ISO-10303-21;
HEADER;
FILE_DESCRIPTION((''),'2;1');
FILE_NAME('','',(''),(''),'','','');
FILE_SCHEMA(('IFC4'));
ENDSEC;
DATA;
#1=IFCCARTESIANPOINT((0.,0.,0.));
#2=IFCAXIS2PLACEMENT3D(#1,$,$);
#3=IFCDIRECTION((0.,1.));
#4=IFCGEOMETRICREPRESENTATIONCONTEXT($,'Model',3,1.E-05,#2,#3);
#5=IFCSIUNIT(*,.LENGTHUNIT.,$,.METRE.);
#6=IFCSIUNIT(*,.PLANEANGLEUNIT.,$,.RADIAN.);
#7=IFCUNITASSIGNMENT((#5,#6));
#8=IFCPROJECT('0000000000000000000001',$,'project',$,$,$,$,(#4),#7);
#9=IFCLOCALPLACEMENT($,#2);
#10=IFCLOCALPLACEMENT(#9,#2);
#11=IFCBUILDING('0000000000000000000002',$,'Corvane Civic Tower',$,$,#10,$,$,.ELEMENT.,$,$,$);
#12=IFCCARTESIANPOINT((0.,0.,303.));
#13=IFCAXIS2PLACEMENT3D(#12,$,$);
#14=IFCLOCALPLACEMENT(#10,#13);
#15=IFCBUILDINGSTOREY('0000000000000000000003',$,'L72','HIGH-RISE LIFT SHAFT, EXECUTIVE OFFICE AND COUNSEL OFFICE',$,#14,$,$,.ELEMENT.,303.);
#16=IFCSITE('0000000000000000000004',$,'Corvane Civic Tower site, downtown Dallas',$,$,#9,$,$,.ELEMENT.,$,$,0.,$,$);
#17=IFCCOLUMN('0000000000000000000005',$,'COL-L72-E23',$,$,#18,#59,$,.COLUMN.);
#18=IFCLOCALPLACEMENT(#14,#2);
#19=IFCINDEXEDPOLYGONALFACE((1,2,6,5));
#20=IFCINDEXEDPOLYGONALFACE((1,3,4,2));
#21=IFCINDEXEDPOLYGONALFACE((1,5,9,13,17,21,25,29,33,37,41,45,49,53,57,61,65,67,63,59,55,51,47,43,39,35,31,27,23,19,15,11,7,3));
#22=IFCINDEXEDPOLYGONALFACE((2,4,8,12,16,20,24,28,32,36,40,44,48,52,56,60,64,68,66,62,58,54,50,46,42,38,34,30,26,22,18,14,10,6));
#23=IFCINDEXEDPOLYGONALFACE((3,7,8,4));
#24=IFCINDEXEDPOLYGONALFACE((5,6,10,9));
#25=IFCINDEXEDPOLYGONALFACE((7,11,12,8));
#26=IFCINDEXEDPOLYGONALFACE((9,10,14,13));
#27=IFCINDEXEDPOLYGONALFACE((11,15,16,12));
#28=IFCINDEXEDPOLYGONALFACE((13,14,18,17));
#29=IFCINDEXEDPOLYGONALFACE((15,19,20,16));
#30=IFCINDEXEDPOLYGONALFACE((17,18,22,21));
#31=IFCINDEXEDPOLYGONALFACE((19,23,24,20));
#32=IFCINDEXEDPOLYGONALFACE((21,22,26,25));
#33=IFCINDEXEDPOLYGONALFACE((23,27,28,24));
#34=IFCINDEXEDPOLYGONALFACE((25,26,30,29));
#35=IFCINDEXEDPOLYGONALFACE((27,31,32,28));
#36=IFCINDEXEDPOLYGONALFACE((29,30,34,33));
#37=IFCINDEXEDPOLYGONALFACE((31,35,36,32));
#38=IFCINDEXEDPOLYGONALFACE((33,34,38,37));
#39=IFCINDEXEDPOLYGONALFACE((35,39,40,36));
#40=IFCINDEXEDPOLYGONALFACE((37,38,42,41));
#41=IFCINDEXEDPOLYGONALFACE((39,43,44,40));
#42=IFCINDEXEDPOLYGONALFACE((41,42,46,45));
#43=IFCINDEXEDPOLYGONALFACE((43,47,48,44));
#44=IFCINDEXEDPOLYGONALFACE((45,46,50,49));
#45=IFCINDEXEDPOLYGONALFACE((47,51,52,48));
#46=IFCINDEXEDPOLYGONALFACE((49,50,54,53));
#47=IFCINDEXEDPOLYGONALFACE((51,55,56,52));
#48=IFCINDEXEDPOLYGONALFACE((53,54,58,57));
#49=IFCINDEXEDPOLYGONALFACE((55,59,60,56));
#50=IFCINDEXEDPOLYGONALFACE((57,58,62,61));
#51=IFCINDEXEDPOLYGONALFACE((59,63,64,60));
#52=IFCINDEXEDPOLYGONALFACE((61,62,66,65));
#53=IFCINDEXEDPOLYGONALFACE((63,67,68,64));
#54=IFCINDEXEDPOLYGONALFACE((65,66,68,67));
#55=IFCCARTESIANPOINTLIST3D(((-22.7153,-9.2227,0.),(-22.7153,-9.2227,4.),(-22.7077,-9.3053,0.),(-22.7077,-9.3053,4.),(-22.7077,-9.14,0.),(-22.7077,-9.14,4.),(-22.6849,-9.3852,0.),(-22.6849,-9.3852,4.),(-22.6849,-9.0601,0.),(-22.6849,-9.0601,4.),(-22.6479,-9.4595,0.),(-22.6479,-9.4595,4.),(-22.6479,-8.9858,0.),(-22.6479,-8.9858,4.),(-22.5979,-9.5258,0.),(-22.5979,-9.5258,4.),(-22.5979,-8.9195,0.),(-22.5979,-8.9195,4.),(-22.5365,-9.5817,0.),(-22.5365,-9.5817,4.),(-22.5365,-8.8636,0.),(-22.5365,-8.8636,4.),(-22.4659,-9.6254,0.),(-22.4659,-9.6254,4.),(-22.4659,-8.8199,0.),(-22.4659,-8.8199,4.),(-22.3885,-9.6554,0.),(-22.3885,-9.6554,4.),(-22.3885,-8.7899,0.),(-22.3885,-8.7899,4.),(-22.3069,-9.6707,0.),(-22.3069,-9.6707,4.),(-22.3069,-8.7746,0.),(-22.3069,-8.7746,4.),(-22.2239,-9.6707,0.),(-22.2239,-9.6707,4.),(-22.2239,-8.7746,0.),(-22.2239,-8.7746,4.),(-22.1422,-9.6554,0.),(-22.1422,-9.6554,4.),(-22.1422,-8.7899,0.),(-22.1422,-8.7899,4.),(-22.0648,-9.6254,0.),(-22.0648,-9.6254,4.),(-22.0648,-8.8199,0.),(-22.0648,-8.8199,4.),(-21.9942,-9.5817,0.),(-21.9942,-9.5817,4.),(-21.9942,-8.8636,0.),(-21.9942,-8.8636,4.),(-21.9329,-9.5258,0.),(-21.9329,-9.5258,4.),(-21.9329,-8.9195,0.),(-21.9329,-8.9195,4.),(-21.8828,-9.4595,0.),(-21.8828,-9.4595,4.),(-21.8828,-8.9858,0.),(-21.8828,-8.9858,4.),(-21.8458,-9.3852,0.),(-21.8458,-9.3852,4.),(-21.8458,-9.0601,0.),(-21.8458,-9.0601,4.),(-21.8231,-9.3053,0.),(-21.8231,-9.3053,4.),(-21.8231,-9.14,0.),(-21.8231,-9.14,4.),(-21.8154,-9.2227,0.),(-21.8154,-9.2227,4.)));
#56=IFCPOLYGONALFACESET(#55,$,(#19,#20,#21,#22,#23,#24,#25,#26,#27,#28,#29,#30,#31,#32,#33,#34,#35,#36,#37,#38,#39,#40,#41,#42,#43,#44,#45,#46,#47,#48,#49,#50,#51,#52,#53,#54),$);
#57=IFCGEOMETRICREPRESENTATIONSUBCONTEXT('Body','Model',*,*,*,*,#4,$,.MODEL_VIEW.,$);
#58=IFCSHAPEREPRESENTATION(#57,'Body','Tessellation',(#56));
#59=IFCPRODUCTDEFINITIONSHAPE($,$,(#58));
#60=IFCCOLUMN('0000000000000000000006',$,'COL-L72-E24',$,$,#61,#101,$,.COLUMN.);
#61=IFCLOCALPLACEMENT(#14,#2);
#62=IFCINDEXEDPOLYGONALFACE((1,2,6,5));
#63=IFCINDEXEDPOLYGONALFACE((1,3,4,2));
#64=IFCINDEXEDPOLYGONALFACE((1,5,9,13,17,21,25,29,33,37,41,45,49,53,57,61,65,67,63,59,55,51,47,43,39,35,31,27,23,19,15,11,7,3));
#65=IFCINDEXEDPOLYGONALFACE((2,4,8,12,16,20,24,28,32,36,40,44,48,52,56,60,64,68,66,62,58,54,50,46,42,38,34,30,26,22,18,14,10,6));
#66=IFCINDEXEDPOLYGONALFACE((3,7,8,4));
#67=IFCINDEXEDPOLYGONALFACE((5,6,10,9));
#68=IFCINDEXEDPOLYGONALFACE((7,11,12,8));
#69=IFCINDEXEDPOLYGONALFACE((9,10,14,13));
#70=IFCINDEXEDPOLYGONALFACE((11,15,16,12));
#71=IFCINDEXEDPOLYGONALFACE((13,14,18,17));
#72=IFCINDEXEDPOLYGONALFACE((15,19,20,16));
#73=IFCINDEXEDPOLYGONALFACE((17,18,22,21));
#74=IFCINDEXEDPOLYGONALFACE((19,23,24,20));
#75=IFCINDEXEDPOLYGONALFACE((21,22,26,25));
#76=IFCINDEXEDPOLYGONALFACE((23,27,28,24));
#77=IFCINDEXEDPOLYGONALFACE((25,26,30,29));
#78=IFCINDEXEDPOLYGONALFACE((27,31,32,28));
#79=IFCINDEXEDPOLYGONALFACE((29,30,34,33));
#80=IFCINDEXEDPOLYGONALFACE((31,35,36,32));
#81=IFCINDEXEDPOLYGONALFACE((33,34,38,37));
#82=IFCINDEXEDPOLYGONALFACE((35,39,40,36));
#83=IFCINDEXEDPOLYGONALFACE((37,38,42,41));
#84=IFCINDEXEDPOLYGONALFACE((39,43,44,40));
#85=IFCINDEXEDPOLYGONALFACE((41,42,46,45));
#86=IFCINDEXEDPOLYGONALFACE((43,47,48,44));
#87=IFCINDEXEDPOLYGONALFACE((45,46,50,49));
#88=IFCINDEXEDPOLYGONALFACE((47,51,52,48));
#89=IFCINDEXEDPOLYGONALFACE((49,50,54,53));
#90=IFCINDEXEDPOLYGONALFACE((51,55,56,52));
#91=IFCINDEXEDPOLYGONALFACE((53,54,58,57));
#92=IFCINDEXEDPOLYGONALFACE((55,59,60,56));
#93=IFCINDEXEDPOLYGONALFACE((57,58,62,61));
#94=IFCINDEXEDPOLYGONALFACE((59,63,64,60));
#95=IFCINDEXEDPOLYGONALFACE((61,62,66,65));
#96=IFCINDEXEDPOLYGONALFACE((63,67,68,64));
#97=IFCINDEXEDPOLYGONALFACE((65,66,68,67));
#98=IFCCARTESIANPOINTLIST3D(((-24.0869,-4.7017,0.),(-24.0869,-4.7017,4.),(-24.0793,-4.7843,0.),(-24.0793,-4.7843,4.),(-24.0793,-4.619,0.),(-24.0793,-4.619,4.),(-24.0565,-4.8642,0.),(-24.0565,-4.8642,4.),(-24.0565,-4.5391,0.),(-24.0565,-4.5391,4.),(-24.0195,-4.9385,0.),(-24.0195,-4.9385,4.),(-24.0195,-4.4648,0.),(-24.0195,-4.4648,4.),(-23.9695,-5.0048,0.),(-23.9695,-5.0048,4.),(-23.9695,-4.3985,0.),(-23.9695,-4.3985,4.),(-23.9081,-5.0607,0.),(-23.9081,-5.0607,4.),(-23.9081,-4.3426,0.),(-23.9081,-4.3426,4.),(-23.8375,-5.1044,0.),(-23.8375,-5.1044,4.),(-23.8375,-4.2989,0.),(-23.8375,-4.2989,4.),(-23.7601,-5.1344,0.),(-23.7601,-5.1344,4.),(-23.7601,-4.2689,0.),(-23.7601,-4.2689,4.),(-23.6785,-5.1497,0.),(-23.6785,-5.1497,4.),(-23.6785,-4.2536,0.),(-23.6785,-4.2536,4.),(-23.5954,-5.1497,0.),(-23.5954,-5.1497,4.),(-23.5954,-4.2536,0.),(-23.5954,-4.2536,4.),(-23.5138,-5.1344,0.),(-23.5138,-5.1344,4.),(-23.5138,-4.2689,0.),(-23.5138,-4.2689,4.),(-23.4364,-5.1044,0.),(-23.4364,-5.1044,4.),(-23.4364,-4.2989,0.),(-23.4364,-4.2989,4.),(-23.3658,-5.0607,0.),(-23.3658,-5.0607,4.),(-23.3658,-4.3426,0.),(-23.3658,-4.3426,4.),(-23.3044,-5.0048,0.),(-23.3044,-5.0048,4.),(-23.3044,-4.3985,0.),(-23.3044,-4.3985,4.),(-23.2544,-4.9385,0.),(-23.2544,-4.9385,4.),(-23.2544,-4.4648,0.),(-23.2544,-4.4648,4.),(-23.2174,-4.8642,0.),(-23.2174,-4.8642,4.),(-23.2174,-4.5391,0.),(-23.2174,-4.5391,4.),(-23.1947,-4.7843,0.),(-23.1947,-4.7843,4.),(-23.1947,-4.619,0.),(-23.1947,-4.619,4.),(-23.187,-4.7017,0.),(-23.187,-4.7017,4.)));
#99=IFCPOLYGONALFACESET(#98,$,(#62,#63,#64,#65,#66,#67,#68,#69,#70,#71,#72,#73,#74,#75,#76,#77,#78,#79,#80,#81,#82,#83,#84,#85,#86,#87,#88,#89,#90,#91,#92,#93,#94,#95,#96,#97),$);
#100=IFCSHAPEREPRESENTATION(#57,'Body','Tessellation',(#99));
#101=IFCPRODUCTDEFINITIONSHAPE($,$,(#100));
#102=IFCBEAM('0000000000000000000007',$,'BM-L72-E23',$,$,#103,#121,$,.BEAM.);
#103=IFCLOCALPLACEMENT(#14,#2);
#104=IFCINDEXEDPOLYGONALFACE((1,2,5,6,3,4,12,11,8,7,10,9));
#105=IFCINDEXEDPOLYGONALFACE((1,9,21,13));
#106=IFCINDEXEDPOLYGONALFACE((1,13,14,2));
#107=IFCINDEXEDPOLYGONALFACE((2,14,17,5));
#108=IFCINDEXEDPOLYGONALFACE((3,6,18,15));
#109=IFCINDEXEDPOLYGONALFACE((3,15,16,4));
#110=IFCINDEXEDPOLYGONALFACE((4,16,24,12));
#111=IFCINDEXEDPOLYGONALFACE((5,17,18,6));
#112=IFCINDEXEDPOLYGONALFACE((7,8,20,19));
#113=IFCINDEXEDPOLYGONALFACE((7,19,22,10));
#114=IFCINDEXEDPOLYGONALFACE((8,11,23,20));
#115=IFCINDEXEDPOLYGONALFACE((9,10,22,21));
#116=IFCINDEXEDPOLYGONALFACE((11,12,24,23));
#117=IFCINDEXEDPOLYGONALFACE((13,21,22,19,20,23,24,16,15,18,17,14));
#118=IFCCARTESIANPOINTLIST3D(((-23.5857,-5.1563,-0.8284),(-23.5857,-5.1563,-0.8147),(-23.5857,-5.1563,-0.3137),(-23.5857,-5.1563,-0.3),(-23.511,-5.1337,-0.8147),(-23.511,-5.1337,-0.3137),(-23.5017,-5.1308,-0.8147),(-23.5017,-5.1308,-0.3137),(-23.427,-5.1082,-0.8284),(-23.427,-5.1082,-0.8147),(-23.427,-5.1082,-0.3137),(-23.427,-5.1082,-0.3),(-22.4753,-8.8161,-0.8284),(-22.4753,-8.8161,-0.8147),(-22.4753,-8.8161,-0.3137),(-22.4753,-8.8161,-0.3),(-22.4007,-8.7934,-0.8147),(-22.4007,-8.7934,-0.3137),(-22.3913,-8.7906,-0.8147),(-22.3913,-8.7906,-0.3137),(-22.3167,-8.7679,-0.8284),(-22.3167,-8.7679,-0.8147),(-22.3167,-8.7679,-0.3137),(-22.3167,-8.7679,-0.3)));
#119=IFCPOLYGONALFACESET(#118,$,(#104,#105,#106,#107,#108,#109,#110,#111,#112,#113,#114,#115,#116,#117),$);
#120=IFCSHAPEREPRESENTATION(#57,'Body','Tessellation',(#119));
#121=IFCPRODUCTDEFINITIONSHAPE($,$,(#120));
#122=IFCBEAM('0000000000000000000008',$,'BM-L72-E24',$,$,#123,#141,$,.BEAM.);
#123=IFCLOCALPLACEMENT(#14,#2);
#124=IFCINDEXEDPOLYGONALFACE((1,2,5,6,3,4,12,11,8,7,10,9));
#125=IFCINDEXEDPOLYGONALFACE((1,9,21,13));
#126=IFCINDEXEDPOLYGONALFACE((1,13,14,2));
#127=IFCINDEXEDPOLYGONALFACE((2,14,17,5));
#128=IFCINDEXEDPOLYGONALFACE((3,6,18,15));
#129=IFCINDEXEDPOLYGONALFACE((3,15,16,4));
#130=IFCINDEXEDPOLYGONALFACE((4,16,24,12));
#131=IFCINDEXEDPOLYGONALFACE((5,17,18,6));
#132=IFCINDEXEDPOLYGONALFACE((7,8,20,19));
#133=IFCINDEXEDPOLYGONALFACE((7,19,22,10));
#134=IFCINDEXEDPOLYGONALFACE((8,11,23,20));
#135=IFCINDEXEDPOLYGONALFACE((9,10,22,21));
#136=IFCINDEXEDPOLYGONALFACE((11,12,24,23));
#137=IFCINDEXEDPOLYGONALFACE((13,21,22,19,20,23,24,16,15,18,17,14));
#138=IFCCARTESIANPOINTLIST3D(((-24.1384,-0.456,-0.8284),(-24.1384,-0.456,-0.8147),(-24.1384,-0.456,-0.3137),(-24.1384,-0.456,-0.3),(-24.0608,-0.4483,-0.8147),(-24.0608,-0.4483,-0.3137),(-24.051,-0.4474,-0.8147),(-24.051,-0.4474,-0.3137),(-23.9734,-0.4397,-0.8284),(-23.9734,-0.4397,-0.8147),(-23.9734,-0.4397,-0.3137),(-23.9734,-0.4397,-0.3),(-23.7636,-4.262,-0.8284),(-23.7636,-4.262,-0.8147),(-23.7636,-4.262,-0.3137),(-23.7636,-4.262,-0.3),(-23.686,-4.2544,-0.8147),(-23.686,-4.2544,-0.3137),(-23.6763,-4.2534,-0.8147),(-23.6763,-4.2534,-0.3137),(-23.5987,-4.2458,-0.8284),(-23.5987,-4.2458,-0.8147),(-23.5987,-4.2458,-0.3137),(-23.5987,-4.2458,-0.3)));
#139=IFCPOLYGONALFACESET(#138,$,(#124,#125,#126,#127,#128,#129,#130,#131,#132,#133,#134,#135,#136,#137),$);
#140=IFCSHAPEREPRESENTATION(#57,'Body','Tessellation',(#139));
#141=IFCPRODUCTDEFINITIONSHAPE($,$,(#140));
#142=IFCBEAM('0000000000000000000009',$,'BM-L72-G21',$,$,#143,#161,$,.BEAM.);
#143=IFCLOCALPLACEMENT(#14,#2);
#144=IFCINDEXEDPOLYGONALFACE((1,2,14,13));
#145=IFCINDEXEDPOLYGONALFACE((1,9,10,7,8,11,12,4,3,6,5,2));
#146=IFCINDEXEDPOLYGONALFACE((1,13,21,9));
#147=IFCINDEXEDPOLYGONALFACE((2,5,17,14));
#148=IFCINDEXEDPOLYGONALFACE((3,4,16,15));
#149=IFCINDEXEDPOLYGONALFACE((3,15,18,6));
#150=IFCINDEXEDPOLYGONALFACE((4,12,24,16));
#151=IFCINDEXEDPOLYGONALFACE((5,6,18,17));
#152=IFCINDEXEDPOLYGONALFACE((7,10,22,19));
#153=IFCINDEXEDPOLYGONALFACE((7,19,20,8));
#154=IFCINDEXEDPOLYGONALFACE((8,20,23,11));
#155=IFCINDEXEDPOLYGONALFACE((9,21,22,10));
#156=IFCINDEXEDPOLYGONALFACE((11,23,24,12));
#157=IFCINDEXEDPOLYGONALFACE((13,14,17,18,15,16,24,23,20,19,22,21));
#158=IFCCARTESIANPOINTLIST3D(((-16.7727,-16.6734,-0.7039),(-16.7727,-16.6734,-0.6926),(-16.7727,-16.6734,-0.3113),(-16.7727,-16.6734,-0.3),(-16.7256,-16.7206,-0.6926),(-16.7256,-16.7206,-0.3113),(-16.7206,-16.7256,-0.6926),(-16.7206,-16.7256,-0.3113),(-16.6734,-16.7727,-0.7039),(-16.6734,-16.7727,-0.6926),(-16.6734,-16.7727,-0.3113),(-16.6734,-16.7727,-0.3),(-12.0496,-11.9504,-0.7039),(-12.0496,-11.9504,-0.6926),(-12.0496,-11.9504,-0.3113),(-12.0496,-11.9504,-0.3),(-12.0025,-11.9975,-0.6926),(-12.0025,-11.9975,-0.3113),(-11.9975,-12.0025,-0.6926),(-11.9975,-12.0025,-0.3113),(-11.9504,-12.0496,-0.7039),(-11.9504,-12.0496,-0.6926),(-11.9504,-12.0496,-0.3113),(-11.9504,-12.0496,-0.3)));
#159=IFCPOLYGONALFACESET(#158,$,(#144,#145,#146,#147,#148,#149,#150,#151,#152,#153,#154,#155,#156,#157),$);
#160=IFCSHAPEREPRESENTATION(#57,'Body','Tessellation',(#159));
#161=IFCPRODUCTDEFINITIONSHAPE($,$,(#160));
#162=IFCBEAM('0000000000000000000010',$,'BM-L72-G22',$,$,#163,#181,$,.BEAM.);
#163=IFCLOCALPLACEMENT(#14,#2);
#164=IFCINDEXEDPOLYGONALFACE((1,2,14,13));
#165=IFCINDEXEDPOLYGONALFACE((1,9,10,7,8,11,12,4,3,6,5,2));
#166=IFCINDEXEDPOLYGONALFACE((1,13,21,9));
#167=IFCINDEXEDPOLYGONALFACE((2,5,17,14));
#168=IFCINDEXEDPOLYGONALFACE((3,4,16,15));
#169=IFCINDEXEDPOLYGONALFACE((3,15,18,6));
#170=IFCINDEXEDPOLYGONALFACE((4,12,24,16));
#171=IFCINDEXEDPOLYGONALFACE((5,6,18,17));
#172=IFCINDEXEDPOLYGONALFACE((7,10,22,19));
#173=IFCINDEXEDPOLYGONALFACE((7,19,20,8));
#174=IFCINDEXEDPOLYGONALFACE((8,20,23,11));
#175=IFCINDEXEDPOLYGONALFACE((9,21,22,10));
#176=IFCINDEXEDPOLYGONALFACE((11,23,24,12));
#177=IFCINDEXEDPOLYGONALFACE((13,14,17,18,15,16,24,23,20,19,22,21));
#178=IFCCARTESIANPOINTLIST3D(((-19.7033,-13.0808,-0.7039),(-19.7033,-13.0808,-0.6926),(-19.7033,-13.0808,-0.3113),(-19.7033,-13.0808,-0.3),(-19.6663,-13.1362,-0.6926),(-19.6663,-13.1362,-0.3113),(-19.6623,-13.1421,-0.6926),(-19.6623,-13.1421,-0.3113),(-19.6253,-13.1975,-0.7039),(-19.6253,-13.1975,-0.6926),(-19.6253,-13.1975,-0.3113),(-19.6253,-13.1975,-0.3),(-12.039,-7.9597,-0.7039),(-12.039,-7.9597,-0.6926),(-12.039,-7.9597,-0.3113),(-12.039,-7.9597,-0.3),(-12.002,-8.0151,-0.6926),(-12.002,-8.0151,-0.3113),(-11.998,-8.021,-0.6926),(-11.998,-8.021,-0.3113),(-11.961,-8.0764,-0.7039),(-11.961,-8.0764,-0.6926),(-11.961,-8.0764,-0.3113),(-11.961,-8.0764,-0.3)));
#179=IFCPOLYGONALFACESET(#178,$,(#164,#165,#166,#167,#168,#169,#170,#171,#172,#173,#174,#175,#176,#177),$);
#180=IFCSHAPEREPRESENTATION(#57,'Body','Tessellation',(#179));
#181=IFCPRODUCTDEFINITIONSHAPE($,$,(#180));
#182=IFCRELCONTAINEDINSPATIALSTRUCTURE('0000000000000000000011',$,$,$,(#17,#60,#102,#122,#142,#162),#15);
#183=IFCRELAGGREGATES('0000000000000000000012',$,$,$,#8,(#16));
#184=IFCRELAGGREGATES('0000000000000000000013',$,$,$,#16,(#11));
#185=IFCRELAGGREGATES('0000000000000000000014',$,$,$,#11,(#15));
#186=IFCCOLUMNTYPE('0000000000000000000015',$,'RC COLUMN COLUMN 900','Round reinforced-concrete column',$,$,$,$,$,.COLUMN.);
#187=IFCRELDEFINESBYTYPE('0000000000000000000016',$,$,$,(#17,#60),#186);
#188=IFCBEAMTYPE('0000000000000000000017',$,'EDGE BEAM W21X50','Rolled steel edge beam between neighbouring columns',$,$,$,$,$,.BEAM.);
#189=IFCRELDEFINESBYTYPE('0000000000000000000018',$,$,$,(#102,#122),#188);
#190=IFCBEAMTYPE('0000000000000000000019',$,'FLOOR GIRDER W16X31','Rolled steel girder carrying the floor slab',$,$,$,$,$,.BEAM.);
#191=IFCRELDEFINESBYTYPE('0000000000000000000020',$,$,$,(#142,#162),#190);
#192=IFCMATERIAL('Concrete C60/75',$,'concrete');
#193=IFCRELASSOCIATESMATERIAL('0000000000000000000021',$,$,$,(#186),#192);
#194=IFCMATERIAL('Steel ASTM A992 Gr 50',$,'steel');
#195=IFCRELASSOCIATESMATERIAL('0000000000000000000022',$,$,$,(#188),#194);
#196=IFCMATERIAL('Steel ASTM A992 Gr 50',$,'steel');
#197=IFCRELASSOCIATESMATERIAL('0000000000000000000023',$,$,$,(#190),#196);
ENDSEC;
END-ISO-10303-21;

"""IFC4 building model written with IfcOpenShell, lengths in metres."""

from ifc_helpers import new_model, si_unit, direction, frame, origin, origin_2d, place, context, subcontext, project, spatial, circle, i_section, extrude, material, material_profile, profile_set, type_object, element, save


model = new_model("IFC4")

# Units and contexts
model_context = context("Model", 3, precision=1e-05, world=origin(), true_north=direction((0.0, 1.0)))
body_context = subcontext(model_context, "Body", "Model", "MODEL_VIEW")
ifc_project = project(units=[si_unit("LENGTHUNIT", "METRE"), si_unit("PLANEANGLEUNIT", "RADIAN")], contexts=[model_context])

# Site, building, storey
site_placement = place(None, origin())
site = spatial("IfcSite", under=ifc_project, at=site_placement, Name="Corvane Civic Tower site, downtown Dallas", CompositionType="ELEMENT", RefElevation=0.0)
building_placement = place(site_placement, origin())
building = spatial("IfcBuilding", under=site, at=building_placement, Name="Corvane Civic Tower", CompositionType="ELEMENT")
storey_placement = place(building_placement, frame((0.0, 0.0, 303.0)))
storey = spatial("IfcBuildingStorey", under=building, at=storey_placement, Name="L72", Description="HIGH-RISE LIFT SHAFT, EXECUTIVE OFFICE AND COUNSEL OFFICE", CompositionType="ELEMENT", Elevation=303.0)

# Columns
ifc_material_1 = material(Name="Concrete C60/75", Category="concrete")
ifc_material_profile_1 = material_profile(ifc_material_1, circle(Radius=0.45, at=origin_2d()), Name="COLUMN 900")
ifc_profile_set_1 = profile_set([ifc_material_profile_1], Name="Concrete C60/75")
column_type = type_object("IfcColumnType", Name="RC COLUMN COLUMN 900", Description="Round reinforced-concrete column", PredefinedType="COLUMN", material=ifc_profile_set_1)
for number, where, z_axis, x_axis, name in (
    (1, (-22.2654, -9.2227, 0.0), (0.0, 0.0, 1.0), (1.0, 0.0, 0.0), "COL-L72-E23"),
    (2, (-23.637, -4.7017, 0.0), (0.0, 0.0, 1.0), (1.0, 0.0, 0.0), "COL-L72-E24"),
):
    element("IfcColumn", number, at=place(storey_placement, frame(where, z_axis=z_axis, x_axis=x_axis)), inside=storey, type_object=column_type, Name=name, PredefinedType="COLUMN", context=body_context, shape_type="SweptSolid", body=[
        extrude(circle(Radius=0.45, at=origin_2d()), origin(), (0.0, 0.0, 1.0), 4.0),
    ])

# Beams
ifc_material_2 = material(Name="Steel ASTM A992 Gr 50", Category="steel")
ifc_material_profile_2 = material_profile(ifc_material_2, i_section(OverallWidth=0.1658, OverallDepth=0.5283, WebThickness=0.0098, FlangeThickness=0.0137, at=origin_2d()), Name="W21X50")
ifc_profile_set_2 = profile_set([ifc_material_profile_2], Name="Steel ASTM A992 Gr 50")
beam_type_1 = type_object("IfcBeamType", Name="EDGE BEAM W21X50", Description="Rolled steel edge beam between neighbouring columns", PredefinedType="BEAM", material=ifc_profile_set_2)
for number, where, z_axis, x_axis, name in (
    (3, (-22.396, -8.792, -0.5642), (-0.290333, 0.956926, 0.0), (-0.956926, -0.290333, 0.0), "BM-L72-E23"),
    (4, (-23.6812, -4.2539, -0.5642), (-0.097987, 0.995188, 0.0), (-0.995188, -0.097987, 0.0), "BM-L72-E24"),
):
    element("IfcBeam", number, at=place(storey_placement, frame(where, z_axis=z_axis, x_axis=x_axis)), inside=storey, type_object=beam_type_1, Name=name, PredefinedType="BEAM", context=body_context, shape_type="SweptSolid", body=[
        extrude(i_section(OverallWidth=0.1658, OverallDepth=0.5283, WebThickness=0.0098, FlangeThickness=0.0137, at=origin_2d()), origin(), (0.0, 0.0, 1.0), 3.8245),
    ])
ifc_material_3 = material(Name="Steel ASTM A992 Gr 50", Category="steel")
ifc_material_profile_3 = material_profile(ifc_material_3, i_section(OverallWidth=0.1404, OverallDepth=0.4038, WebThickness=0.0071, FlangeThickness=0.0112, at=origin_2d()), Name="W16X31")
ifc_profile_set_3 = profile_set([ifc_material_profile_3], Name="Steel ASTM A992 Gr 50")
beam_type_2 = type_object("IfcBeamType", Name="FLOOR GIRDER W16X31", Description="Rolled steel girder carrying the floor slab", PredefinedType="BEAM", material=ifc_profile_set_3)
beam_1_placement = place(storey_placement, frame((-12.0, -12.0, -0.502), z_axis=(-0.707107, -0.707107, 0.0), x_axis=(0.707107, -0.707107, 0.0)))
element("IfcBeam", 5, at=beam_1_placement, inside=storey, type_object=beam_type_2, Name="BM-L72-G21", PredefinedType="BEAM", context=body_context, shape_type="SweptSolid", body=[
    extrude(i_section(OverallWidth=0.1404, OverallDepth=0.4038, WebThickness=0.0071, FlangeThickness=0.0112, at=origin_2d()), origin(), (0.0, 0.0, 1.0), 6.6794),
])
beam_2_placement = place(storey_placement, frame((-12.0, -8.0181, -0.502), z_axis=(-0.831471, -0.555568, 0.0), x_axis=(0.555568, -0.831471, 0.0)))
element("IfcBeam", 6, at=beam_2_placement, inside=storey, type_object=beam_type_2, Name="BM-L72-G22", PredefinedType="BEAM", context=body_context, shape_type="SweptSolid", body=[
    extrude(i_section(OverallWidth=0.1404, OverallDepth=0.4038, WebThickness=0.0071, FlangeThickness=0.0112, at=origin_2d()), origin(), (0.0, 0.0, 1.0), 9.2178),
])

save(model, "model.ifc")
